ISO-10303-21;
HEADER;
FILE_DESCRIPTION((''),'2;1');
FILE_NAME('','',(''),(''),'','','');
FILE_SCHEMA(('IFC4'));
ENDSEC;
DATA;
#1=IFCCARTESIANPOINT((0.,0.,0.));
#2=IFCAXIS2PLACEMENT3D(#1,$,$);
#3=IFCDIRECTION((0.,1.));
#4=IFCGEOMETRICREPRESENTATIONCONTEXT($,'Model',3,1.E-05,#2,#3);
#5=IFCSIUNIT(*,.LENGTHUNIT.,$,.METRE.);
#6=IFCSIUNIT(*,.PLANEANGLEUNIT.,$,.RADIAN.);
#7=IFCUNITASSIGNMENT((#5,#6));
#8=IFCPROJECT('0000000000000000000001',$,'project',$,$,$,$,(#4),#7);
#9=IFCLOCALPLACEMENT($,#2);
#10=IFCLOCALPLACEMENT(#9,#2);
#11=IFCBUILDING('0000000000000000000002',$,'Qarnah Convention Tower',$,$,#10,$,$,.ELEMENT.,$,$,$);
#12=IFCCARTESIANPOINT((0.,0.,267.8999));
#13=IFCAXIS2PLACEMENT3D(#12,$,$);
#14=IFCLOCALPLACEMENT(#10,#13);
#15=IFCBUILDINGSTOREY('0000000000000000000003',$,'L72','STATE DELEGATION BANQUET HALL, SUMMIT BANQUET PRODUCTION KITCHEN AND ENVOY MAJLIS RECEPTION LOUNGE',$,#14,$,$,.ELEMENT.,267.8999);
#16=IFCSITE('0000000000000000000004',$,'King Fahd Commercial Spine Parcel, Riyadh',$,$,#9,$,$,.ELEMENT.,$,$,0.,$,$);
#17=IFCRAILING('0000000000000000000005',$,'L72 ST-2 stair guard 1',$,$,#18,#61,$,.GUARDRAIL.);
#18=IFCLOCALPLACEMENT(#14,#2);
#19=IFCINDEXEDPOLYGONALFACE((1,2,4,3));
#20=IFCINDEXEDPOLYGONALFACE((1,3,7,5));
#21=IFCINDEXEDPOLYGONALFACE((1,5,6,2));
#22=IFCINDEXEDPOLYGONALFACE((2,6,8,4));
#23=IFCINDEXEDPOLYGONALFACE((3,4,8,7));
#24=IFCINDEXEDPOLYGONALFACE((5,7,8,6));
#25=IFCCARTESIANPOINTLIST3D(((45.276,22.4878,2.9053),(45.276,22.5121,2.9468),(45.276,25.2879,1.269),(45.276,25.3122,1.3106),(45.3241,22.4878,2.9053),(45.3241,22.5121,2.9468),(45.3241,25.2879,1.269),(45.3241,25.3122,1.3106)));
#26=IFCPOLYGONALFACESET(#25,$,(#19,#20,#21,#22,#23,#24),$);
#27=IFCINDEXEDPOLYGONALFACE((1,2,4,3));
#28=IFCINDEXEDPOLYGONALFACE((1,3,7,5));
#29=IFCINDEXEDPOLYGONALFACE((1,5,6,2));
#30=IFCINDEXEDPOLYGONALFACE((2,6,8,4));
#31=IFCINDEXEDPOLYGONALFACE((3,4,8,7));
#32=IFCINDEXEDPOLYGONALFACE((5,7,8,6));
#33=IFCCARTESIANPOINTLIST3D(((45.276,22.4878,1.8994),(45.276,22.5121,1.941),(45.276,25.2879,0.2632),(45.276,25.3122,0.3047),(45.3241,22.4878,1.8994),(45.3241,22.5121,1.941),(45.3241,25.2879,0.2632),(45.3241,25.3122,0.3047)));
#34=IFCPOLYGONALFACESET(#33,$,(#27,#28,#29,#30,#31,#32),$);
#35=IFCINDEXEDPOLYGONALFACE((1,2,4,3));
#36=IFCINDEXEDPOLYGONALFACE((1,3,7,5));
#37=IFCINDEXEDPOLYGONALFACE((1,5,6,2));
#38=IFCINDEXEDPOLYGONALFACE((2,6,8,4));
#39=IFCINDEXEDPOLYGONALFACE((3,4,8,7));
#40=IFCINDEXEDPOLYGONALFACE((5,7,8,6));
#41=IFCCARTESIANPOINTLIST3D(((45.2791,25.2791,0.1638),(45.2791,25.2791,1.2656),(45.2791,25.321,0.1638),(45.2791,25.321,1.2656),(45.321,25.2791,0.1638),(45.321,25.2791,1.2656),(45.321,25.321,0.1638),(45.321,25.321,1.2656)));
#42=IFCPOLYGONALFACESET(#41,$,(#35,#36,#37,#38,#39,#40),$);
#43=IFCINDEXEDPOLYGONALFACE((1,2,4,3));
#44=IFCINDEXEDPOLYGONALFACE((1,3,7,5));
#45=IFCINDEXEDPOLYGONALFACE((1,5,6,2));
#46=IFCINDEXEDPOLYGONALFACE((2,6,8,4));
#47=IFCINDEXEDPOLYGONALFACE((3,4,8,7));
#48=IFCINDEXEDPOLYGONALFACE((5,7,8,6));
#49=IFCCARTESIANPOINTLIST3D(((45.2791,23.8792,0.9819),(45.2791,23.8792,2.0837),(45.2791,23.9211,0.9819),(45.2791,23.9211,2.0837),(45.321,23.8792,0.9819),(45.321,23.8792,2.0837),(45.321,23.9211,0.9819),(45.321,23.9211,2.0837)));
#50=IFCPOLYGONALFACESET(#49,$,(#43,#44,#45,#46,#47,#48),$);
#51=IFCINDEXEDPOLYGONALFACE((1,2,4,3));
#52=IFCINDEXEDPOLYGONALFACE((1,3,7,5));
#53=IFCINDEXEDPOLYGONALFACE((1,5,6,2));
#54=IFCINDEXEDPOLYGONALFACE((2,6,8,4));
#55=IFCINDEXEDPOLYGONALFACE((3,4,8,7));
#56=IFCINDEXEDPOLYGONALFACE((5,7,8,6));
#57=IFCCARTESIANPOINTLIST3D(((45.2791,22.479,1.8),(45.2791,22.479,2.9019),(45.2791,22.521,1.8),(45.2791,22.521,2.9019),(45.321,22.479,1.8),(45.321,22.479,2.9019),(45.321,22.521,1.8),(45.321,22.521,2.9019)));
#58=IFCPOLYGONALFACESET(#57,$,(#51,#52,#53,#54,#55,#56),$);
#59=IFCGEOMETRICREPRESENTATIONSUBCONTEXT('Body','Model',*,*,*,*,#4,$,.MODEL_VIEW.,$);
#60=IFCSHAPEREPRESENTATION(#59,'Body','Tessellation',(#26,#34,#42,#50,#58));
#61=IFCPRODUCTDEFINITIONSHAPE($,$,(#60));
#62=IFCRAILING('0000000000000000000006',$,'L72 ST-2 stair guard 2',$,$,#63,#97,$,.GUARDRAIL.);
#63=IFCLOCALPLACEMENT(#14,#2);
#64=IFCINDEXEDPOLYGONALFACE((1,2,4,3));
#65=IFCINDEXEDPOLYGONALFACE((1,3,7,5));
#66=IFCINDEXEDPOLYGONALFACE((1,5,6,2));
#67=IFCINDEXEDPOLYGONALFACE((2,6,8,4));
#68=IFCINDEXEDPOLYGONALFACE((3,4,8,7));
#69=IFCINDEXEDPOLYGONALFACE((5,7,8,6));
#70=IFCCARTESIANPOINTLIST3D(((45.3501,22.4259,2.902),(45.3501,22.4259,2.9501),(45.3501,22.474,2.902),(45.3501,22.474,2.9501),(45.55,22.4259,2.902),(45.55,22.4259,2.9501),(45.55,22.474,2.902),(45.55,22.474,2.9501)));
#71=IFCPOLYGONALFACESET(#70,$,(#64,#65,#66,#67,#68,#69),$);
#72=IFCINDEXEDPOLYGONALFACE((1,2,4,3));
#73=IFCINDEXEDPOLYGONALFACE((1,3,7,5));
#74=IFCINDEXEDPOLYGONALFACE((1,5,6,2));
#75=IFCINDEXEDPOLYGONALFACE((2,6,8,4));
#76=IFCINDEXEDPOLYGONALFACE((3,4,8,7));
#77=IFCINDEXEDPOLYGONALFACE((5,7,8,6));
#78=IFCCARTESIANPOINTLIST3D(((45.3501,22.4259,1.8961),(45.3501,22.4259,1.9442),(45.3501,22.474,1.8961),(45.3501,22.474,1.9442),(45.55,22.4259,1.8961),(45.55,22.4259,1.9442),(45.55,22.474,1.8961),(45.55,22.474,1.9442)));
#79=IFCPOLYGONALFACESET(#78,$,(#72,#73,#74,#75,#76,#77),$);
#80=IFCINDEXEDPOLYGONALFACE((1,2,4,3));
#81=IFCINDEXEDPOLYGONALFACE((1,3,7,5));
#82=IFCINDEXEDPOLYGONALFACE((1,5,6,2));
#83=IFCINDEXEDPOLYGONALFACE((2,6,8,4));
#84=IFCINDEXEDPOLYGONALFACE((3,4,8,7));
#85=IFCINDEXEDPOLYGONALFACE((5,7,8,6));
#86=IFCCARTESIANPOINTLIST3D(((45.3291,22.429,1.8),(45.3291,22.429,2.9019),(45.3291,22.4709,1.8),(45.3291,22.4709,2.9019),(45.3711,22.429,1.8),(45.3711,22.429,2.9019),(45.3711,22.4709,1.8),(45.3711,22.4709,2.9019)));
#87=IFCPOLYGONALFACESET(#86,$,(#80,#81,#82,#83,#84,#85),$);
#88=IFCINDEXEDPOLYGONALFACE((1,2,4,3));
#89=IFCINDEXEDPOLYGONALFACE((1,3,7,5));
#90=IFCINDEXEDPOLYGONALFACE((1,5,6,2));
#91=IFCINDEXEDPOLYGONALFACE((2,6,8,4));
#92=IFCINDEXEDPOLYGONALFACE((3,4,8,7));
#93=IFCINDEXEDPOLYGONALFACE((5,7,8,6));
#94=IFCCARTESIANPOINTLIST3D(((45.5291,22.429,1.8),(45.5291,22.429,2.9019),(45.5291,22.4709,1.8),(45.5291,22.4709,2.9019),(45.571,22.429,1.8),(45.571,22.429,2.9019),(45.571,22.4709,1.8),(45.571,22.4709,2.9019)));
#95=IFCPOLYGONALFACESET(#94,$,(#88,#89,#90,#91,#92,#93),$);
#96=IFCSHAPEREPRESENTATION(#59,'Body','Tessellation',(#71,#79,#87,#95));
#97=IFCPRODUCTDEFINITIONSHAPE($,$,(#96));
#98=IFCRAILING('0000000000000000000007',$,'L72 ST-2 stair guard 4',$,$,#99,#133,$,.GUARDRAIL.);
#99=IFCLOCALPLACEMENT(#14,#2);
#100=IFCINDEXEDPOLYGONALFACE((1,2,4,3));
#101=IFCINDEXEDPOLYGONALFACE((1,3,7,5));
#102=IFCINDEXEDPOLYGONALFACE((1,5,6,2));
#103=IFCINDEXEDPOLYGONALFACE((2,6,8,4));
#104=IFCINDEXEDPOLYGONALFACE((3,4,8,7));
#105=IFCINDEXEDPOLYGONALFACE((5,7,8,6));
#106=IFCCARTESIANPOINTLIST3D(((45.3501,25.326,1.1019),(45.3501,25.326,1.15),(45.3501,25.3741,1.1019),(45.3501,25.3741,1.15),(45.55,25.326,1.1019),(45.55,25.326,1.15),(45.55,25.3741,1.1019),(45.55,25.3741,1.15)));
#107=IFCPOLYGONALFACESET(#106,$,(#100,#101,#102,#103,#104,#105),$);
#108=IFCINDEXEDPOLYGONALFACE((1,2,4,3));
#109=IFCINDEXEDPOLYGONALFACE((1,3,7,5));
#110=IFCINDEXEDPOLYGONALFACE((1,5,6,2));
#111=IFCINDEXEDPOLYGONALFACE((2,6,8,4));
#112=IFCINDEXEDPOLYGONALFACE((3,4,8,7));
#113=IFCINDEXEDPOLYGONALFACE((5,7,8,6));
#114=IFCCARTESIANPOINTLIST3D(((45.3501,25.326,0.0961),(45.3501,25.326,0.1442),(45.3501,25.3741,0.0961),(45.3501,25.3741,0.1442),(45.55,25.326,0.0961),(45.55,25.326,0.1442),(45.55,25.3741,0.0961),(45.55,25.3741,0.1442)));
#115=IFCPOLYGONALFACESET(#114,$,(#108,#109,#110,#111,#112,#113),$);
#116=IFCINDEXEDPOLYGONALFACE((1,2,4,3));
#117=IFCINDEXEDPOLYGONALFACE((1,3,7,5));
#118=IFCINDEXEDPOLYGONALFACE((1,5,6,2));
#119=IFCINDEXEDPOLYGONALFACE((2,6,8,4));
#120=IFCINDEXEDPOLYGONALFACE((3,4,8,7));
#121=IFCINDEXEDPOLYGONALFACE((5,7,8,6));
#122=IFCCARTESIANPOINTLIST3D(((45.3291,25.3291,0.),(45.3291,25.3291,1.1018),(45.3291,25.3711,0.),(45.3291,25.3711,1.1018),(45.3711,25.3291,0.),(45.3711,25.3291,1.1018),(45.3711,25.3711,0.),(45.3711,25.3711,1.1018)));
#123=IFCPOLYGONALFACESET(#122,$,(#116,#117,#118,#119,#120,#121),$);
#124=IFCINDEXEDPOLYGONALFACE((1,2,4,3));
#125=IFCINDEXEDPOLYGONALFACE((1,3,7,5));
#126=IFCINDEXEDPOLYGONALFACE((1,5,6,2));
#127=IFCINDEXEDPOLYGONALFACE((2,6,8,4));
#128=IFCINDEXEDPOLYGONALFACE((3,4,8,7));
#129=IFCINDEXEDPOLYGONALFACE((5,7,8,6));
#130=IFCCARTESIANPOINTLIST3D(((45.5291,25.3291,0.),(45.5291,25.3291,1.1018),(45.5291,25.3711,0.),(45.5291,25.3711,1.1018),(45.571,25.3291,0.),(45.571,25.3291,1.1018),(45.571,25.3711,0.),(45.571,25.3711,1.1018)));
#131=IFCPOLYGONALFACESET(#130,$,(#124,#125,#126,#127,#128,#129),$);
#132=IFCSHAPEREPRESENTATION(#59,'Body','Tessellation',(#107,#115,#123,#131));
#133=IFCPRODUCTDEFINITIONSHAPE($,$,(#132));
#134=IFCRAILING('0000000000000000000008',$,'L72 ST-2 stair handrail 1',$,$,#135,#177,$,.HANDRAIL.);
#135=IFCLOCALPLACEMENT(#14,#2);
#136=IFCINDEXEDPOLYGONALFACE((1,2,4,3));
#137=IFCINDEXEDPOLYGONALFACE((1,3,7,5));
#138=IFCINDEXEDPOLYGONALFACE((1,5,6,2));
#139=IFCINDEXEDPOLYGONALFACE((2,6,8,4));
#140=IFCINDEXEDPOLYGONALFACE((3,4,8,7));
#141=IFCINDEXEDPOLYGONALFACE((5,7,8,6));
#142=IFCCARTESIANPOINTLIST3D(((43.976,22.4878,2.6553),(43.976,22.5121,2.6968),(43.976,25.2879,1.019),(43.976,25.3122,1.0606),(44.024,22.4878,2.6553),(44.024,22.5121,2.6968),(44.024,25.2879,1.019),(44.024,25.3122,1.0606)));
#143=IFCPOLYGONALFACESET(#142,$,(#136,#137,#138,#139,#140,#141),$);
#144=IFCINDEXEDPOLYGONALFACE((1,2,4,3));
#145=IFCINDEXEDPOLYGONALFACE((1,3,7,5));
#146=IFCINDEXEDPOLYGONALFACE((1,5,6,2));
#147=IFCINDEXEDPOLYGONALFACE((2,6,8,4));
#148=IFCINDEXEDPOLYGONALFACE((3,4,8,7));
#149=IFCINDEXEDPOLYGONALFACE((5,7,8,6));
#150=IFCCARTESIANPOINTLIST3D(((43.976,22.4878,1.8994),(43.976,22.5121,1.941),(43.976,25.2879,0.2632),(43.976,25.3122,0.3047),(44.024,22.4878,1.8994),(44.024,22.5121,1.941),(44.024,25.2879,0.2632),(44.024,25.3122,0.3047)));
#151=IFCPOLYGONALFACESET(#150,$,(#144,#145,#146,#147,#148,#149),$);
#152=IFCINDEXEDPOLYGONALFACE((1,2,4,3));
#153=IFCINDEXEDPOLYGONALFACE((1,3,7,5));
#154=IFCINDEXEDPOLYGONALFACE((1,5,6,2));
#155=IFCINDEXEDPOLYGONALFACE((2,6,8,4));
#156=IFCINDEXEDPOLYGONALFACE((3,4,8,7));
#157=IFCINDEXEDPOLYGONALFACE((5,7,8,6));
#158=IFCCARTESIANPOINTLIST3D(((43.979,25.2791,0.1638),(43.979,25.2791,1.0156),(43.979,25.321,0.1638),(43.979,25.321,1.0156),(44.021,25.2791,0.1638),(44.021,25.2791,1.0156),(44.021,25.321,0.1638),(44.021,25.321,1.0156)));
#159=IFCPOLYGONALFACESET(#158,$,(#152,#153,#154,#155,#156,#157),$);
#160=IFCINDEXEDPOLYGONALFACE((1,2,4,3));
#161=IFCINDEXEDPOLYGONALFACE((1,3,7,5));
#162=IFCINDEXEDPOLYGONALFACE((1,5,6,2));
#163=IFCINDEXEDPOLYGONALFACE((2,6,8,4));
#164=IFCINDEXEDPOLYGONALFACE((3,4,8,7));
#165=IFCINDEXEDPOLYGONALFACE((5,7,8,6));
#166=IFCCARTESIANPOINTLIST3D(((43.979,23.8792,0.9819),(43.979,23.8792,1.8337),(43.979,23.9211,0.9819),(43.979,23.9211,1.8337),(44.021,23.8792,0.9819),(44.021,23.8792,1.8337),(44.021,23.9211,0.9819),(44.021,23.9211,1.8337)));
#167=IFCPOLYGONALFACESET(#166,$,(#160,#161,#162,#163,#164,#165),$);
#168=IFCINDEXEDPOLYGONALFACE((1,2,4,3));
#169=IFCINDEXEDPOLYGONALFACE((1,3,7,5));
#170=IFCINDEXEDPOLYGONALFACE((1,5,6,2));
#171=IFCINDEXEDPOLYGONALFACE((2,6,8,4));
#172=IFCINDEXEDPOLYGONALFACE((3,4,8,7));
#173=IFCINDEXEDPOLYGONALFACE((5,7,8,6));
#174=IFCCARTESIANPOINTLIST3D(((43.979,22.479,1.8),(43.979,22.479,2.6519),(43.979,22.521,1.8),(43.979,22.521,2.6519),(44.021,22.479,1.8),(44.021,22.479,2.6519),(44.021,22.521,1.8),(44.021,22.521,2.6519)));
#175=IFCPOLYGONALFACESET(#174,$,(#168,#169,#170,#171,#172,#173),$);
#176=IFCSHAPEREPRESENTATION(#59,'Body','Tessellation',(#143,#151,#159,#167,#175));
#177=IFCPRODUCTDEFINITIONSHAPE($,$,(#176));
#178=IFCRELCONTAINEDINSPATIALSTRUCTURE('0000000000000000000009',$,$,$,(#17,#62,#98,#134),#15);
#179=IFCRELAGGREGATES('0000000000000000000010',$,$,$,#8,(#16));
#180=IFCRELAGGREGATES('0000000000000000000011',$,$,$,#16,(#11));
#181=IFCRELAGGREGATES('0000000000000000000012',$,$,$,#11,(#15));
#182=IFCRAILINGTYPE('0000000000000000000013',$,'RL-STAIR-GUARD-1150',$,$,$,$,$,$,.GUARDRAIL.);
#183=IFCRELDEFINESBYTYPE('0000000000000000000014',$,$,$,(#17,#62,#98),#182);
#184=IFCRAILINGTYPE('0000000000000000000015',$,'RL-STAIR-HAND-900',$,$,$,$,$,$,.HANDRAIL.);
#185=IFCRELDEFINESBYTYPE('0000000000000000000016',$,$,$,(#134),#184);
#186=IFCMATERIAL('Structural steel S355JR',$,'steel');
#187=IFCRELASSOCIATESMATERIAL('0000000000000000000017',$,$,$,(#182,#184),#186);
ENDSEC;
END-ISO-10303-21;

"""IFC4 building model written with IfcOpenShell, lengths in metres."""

from ifc_helpers import new_model, si_unit, direction, frame, origin, origin_2d, place, context, subcontext, project, spatial, rectangle, extrude, material, type_object, element, save


model = new_model("IFC4")

# Units and contexts
model_context = context("Model", 3, precision=1e-05, world=origin(), true_north=direction((0.0, 1.0)))
body_context = subcontext(model_context, "Body", "Model", "MODEL_VIEW")
ifc_project = project(units=[si_unit("LENGTHUNIT", "METRE"), si_unit("PLANEANGLEUNIT", "RADIAN")], contexts=[model_context])

# Site, building, storey
site_placement = place(None, origin())
site = spatial("IfcSite", under=ifc_project, at=site_placement, Name="King Fahd Commercial Spine Parcel, Riyadh", CompositionType="ELEMENT", RefElevation=0.0)
building_placement = place(site_placement, origin())
building = spatial("IfcBuilding", under=site, at=building_placement, Name="Qarnah Convention Tower", CompositionType="ELEMENT")
storey_placement = place(building_placement, frame((0.0, 0.0, 267.8999)))
storey = spatial("IfcBuildingStorey", under=building, at=storey_placement, Name="L72", Description="STATE DELEGATION BANQUET HALL, SUMMIT BANQUET PRODUCTION KITCHEN AND ENVOY MAJLIS RECEPTION LOUNGE", CompositionType="ELEMENT", Elevation=267.8999)

# Shared definitions
ifc_material_1 = material(Name="Structural steel S355JR", Category="steel")

# Railings
railing_type_1 = type_object("IfcRailingType", Name="RL-STAIR-GUARD-1150", PredefinedType="GUARDRAIL", material=ifc_material_1)
railing_1_placement = place(storey_placement, frame((45.3, 25.3, 0.1638)))
element("IfcRailing", 1, at=railing_1_placement, inside=storey, type_object=railing_type_1, Name="L72 ST-2 stair guard 1", PredefinedType="GUARDRAIL", context=body_context, shape_type="SweptSolid", body=[
    extrude(rectangle(XDim=0.0481, YDim=0.0481, at=origin_2d()), frame((0.0, 0.0, 1.126), z_axis=(0.0, -0.863394, 0.504531), x_axis=(1.0, 0.0, 0.0)), (0.0, 0.0, 1.0), 3.2432),
    extrude(rectangle(XDim=0.0481, YDim=0.0481, at=origin_2d()), frame((0.0, 0.0, 0.1201), z_axis=(0.0, -0.863394, 0.504531), x_axis=(1.0, 0.0, 0.0)), (0.0, 0.0, 1.0), 3.2432),
    extrude(rectangle(XDim=0.042, YDim=0.042, at=origin_2d()), origin(), (0.0, 0.0, 1.0), 1.1018),
    extrude(rectangle(XDim=0.042, YDim=0.042, at=origin_2d()), frame((0.0, -1.3999, 0.8181)), (0.0, 0.0, 1.0), 1.1018),
    extrude(rectangle(XDim=0.042, YDim=0.042, at=origin_2d()), frame((0.0, -2.8, 1.6362)), (0.0, 0.0, 1.0), 1.1018),
])
for number, where, name in (
    (2, (45.3501, 22.45, 1.8), "L72 ST-2 stair guard 2"),
    (3, (45.3501, 25.3501, 0.0), "L72 ST-2 stair guard 4"),
):
    element("IfcRailing", number, at=place(storey_placement, frame(where)), inside=storey, type_object=railing_type_1, Name=name, PredefinedType="GUARDRAIL", context=body_context, shape_type="SweptSolid", body=[
        extrude(rectangle(XDim=0.0481, YDim=0.0481, at=origin_2d()), frame((0.0, 0.0, 1.126), z_axis=(1.0, 0.0, 0.0), x_axis=(0.0, 1.0, 0.0)), (0.0, 0.0, 1.0), 0.2),
        extrude(rectangle(XDim=0.0481, YDim=0.0481, at=origin_2d()), frame((0.0, 0.0, 0.1201), z_axis=(1.0, 0.0, 0.0), x_axis=(0.0, 1.0, 0.0)), (0.0, 0.0, 1.0), 0.2),
        extrude(rectangle(XDim=0.042, YDim=0.042, at=origin_2d()), origin(), (0.0, 0.0, 1.0), 1.1018),
        extrude(rectangle(XDim=0.042, YDim=0.042, at=origin_2d()), frame((0.2, 0.0, 0.0)), (0.0, 0.0, 1.0), 1.1018),
    ])
railing_type_2 = type_object("IfcRailingType", Name="RL-STAIR-HAND-900", PredefinedType="HANDRAIL", material=ifc_material_1)
railing_2_placement = place(storey_placement, frame((44.0, 25.3, 0.1638)))
element("IfcRailing", 4, at=railing_2_placement, inside=storey, type_object=railing_type_2, Name="L72 ST-2 stair handrail 1", PredefinedType="HANDRAIL", context=body_context, shape_type="SweptSolid", body=[
    extrude(rectangle(XDim=0.0481, YDim=0.0481, at=origin_2d()), frame((0.0, 0.0, 0.876), z_axis=(0.0, -0.863394, 0.504531), x_axis=(1.0, 0.0, 0.0)), (0.0, 0.0, 1.0), 3.2432),
    extrude(rectangle(XDim=0.0481, YDim=0.0481, at=origin_2d()), frame((0.0, 0.0, 0.1201), z_axis=(0.0, -0.863394, 0.504531), x_axis=(1.0, 0.0, 0.0)), (0.0, 0.0, 1.0), 3.2432),
    extrude(rectangle(XDim=0.042, YDim=0.042, at=origin_2d()), origin(), (0.0, 0.0, 1.0), 0.8518),
    extrude(rectangle(XDim=0.042, YDim=0.042, at=origin_2d()), frame((0.0, -1.3999, 0.8181)), (0.0, 0.0, 1.0), 0.8518),
    extrude(rectangle(XDim=0.042, YDim=0.042, at=origin_2d()), frame((0.0, -2.8, 1.6362)), (0.0, 0.0, 1.0), 0.8518),
])

save(model, "model.ifc")
